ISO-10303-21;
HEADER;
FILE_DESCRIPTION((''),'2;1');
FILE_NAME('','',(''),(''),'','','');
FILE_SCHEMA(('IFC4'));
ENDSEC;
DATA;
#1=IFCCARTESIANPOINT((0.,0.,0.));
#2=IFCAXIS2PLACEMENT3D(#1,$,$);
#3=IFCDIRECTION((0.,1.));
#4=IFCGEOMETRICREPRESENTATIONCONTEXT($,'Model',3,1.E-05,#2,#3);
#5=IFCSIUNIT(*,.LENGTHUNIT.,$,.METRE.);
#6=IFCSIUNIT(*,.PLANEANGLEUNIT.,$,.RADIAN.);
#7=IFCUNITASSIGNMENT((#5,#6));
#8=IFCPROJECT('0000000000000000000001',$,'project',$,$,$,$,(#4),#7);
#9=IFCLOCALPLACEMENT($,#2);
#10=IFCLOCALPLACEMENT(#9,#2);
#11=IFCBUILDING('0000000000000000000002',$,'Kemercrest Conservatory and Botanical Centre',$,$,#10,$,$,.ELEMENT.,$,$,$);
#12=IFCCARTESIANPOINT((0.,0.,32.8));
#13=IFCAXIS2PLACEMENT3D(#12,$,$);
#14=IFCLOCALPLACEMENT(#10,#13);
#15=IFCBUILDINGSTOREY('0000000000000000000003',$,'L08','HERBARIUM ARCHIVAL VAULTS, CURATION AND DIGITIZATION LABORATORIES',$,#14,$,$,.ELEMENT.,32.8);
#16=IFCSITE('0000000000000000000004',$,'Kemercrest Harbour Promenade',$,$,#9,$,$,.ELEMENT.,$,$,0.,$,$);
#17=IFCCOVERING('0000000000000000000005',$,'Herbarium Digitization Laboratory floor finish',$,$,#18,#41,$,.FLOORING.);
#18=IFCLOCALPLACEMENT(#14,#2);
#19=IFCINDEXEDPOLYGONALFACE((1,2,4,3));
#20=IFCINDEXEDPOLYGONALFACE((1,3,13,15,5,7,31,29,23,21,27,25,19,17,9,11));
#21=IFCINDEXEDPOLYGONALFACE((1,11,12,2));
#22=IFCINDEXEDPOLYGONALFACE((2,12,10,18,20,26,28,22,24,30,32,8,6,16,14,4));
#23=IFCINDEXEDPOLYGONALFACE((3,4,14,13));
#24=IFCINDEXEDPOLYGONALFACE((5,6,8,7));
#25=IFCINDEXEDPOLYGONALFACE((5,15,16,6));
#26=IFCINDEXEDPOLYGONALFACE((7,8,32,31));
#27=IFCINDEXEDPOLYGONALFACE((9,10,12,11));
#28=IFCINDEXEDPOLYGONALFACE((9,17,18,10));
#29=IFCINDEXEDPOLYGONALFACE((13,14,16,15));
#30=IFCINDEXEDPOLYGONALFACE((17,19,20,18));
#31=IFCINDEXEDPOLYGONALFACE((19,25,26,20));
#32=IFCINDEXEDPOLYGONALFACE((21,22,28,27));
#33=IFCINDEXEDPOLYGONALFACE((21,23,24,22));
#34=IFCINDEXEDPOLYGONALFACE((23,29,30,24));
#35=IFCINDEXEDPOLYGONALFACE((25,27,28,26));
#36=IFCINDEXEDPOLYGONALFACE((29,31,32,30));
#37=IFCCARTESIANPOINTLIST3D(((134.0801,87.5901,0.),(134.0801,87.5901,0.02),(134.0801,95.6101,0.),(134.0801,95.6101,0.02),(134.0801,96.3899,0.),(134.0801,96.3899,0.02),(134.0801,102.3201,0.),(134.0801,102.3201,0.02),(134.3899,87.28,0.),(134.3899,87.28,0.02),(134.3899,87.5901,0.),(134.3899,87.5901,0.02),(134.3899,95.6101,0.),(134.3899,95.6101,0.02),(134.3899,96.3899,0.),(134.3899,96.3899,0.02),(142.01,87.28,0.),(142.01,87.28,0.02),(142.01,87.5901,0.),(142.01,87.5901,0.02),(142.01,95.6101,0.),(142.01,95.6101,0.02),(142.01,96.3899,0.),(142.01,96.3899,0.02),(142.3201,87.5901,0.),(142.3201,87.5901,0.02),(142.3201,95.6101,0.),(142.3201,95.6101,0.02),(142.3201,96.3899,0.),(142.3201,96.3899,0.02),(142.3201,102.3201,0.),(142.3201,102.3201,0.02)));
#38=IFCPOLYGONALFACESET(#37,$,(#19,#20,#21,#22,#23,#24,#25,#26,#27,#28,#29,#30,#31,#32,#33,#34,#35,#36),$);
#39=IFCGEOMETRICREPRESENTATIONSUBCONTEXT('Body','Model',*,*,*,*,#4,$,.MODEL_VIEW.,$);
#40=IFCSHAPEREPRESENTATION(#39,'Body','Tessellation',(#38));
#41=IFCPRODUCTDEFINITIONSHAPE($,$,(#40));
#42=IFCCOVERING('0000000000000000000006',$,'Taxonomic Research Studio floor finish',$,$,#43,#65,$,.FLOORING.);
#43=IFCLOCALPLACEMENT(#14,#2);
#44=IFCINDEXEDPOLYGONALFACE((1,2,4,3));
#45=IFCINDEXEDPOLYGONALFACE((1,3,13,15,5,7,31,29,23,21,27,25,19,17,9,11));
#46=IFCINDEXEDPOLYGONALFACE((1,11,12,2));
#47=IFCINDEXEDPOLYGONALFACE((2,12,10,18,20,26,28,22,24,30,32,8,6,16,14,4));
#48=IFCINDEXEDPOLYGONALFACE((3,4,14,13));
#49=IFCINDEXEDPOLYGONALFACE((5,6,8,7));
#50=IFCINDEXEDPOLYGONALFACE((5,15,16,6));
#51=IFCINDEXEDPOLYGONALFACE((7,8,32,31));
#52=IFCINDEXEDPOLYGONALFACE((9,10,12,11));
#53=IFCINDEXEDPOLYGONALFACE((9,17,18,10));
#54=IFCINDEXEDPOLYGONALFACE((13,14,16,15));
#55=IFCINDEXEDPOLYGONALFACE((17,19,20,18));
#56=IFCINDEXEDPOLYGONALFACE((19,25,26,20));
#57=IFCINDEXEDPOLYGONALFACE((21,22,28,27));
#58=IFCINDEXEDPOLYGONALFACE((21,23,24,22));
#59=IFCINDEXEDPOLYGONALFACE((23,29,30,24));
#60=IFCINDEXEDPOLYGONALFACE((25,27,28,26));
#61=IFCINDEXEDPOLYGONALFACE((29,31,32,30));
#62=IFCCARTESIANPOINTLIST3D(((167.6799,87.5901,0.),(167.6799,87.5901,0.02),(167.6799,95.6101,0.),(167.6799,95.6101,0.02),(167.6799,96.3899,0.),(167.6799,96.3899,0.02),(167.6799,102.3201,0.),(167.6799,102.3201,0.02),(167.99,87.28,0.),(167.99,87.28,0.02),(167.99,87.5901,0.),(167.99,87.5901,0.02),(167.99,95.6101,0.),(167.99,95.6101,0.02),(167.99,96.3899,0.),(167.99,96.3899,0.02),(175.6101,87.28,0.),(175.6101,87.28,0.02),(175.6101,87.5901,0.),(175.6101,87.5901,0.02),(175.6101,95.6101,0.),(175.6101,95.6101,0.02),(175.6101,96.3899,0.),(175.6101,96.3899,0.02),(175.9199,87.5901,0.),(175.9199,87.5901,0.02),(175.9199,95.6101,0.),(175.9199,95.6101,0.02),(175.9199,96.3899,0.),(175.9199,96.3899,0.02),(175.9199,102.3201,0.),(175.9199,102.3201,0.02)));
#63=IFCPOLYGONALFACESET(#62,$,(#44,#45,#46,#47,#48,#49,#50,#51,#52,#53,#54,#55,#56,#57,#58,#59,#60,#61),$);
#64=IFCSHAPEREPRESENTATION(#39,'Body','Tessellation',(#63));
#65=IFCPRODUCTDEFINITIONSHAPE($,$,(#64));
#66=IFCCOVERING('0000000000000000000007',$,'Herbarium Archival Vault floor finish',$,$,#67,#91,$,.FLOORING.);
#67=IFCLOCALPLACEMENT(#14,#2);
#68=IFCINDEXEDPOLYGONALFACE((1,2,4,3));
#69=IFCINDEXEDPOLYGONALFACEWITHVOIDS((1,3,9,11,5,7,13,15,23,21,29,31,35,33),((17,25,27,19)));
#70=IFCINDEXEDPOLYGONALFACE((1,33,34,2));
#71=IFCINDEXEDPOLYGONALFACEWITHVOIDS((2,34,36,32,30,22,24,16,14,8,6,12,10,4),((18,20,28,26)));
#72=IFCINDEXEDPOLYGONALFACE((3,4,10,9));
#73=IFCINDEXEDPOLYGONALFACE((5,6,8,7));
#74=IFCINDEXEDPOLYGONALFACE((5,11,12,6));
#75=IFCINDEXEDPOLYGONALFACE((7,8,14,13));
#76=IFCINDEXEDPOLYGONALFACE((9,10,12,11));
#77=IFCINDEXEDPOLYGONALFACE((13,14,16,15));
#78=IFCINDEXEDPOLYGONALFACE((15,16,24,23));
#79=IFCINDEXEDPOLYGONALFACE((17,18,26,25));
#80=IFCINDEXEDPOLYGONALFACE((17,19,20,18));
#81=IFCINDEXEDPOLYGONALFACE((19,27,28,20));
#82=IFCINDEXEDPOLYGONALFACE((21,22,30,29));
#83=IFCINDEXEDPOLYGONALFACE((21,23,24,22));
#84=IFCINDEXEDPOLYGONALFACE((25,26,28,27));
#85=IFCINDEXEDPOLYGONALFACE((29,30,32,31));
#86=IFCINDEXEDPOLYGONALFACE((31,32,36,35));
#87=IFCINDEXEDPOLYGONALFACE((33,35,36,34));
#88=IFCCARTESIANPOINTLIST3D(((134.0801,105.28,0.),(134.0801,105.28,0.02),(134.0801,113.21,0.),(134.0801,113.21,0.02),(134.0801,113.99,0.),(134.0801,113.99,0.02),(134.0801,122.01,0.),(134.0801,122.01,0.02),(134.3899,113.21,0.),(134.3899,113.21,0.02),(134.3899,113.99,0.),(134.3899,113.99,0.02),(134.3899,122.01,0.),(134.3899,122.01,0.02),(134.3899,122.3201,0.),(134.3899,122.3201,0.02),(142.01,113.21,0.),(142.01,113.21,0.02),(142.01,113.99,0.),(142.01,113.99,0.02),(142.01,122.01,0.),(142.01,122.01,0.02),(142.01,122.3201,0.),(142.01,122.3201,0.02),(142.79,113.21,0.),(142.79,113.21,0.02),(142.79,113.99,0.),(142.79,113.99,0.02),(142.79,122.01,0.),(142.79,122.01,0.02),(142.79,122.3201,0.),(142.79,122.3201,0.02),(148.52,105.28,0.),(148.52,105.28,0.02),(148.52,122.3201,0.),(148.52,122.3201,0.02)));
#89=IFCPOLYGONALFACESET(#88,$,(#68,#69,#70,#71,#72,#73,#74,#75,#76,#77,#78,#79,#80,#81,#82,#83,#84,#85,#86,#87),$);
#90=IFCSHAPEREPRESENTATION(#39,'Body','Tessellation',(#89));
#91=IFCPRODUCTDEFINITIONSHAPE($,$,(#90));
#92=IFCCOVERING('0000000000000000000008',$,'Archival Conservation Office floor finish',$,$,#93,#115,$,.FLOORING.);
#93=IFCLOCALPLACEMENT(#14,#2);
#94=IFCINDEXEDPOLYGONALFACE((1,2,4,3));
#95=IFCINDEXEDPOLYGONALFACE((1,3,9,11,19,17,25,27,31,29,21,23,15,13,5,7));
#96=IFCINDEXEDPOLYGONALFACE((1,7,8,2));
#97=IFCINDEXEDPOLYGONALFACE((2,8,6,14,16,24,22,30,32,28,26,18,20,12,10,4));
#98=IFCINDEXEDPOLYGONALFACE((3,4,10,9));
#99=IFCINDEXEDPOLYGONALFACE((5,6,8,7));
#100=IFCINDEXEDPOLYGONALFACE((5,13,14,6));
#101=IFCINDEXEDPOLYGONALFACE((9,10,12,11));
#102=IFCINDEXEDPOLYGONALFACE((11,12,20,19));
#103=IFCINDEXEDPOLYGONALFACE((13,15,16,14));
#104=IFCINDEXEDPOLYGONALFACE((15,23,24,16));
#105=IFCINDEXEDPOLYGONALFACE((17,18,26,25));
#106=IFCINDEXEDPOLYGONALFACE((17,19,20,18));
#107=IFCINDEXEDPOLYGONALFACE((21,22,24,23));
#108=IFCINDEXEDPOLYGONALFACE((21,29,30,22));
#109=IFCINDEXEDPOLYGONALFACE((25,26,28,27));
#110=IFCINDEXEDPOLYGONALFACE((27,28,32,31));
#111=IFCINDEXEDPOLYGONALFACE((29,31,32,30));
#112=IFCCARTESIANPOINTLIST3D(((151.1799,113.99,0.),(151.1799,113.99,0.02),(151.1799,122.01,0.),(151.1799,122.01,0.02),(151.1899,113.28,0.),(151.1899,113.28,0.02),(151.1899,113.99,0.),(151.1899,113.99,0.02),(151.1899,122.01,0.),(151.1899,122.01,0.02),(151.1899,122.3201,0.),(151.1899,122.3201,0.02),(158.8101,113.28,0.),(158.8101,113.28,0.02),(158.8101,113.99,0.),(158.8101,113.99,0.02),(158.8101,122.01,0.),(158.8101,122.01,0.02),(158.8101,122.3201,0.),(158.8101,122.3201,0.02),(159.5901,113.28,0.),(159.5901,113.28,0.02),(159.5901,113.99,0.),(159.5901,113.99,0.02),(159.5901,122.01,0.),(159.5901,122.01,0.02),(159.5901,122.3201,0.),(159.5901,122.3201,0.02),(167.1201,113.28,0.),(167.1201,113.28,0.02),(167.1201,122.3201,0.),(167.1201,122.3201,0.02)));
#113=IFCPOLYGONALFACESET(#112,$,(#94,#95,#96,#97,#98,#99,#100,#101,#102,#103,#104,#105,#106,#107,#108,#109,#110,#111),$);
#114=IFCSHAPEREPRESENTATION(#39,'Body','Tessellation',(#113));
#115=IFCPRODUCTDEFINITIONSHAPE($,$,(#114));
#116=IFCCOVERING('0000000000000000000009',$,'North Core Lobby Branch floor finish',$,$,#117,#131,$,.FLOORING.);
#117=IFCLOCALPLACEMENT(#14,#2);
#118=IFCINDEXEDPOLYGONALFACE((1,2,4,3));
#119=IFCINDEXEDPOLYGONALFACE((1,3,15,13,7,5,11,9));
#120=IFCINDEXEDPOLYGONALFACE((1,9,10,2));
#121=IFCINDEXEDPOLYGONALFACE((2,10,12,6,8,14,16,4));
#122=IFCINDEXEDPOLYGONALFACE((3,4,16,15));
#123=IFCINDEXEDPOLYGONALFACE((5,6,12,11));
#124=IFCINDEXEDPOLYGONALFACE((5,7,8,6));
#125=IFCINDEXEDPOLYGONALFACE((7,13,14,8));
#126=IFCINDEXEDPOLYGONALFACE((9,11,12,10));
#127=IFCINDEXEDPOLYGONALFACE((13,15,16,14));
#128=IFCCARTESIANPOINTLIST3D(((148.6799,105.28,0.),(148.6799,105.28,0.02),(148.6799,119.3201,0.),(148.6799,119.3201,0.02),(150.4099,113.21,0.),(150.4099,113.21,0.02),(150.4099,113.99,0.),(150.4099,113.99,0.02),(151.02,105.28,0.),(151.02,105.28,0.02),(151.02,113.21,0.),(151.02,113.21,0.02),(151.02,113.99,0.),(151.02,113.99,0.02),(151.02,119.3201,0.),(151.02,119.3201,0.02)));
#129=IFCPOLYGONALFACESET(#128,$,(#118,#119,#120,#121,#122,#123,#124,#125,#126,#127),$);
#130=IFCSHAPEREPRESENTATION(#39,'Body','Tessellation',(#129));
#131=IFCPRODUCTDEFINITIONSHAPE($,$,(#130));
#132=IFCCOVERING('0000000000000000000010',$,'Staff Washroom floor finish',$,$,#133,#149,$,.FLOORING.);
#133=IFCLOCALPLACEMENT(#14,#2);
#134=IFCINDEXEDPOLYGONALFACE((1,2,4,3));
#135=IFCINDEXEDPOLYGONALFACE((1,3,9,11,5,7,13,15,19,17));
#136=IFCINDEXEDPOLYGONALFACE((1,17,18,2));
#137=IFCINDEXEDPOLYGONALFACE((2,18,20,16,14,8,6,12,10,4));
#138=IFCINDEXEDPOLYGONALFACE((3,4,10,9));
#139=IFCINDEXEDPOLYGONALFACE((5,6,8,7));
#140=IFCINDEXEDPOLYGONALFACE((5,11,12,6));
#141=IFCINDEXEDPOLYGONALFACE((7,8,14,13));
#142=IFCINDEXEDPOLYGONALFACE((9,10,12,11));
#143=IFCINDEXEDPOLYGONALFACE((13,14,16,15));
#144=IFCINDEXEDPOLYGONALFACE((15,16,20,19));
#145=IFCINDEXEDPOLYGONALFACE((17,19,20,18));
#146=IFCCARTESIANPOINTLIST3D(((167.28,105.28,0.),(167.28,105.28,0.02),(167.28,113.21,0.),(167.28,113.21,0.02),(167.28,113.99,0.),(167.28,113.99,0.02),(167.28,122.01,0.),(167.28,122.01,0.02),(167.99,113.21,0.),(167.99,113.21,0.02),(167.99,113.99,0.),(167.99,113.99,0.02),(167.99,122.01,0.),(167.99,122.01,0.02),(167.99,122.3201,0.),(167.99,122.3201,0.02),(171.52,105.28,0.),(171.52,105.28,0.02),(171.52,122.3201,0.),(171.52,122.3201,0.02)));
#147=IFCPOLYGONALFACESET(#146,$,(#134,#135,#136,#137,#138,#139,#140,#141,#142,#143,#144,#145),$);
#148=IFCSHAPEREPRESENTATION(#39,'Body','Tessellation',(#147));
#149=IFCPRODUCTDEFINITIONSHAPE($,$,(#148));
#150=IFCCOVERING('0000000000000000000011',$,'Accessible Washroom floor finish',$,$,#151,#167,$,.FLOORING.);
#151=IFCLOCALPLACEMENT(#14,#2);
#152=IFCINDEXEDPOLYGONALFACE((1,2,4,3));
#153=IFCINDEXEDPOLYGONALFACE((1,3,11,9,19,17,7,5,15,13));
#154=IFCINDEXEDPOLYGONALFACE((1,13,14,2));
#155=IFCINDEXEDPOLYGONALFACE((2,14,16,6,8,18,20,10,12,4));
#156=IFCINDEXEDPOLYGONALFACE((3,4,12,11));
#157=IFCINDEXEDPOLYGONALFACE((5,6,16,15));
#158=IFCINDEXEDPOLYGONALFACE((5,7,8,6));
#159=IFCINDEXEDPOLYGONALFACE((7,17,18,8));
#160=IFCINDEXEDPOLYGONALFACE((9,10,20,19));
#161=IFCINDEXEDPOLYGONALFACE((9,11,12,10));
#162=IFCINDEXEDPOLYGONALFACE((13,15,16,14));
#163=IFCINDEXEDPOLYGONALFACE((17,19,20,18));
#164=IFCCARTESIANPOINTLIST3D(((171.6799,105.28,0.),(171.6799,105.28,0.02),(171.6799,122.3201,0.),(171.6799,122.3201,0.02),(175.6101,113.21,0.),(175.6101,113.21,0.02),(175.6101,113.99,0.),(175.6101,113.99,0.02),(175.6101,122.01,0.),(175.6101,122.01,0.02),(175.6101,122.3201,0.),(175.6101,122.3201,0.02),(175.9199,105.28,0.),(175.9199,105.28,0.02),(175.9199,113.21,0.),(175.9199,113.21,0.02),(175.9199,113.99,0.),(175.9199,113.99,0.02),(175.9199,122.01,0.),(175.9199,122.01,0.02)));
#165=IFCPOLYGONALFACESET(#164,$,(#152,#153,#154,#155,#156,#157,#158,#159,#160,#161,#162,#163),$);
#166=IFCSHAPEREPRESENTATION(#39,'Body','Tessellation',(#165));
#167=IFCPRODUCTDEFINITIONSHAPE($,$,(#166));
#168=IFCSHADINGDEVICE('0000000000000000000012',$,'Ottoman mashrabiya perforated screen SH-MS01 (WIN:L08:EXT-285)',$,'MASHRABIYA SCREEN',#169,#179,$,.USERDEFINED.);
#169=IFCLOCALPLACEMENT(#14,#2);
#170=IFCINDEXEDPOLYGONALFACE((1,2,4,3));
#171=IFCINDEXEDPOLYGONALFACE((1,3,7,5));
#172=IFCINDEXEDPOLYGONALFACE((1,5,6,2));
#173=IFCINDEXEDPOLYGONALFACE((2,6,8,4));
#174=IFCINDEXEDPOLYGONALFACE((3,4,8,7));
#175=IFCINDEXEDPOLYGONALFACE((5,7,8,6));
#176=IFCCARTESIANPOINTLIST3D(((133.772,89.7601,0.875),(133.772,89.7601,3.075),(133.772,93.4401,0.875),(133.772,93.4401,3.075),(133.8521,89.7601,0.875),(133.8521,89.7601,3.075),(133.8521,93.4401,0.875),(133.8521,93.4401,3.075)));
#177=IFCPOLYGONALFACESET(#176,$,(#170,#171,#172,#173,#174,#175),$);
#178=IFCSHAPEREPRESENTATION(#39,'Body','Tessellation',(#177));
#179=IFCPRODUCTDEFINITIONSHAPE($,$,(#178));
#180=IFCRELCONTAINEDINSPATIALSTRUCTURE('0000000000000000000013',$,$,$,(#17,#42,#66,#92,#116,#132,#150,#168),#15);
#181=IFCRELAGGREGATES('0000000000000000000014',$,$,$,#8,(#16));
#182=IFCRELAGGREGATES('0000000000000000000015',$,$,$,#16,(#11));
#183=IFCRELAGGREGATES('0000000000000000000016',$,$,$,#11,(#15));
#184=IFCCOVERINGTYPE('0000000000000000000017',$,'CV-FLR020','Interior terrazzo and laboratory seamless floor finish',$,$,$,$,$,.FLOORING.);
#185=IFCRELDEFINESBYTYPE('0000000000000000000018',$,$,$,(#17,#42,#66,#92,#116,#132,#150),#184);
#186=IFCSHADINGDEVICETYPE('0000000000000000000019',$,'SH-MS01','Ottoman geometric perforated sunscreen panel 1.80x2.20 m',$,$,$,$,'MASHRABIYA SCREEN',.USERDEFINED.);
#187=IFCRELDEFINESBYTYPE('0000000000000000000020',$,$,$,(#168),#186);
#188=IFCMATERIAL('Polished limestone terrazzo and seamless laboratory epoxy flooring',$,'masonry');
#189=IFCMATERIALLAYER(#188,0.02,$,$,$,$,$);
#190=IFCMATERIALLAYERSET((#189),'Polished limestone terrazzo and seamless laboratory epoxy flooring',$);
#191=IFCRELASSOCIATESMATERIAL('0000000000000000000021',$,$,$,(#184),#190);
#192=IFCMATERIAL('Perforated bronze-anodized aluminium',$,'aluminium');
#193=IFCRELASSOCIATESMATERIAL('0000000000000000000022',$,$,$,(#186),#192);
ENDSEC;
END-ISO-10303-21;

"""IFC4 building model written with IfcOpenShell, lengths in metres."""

from ifc_helpers import new_model, si_unit, direction, frame, origin, origin_2d, place, context, subcontext, project, spatial, polyline, rectangle, outline, extrude, material, layer, layer_set, type_object, element, save


model = new_model("IFC4")

# Units and contexts
model_context = context("Model", 3, precision=1e-05, world=origin(), true_north=direction((0.0, 1.0)))
body_context = subcontext(model_context, "Body", "Model", "MODEL_VIEW")
ifc_project = project(units=[si_unit("LENGTHUNIT", "METRE"), si_unit("PLANEANGLEUNIT", "RADIAN")], contexts=[model_context])

# Site, building, storey
site_placement = place(None, origin())
site = spatial("IfcSite", under=ifc_project, at=site_placement, Name="Kemercrest Harbour Promenade", CompositionType="ELEMENT", RefElevation=0.0)
building_placement = place(site_placement, origin())
building = spatial("IfcBuilding", under=site, at=building_placement, Name="Kemercrest Conservatory and Botanical Centre", CompositionType="ELEMENT")
storey_placement = place(building_placement, frame((0.0, 0.0, 32.8)))
storey = spatial("IfcBuildingStorey", under=building, at=storey_placement, Name="L08", Description="HERBARIUM ARCHIVAL VAULTS, CURATION AND DIGITIZATION LABORATORIES", CompositionType="ELEMENT", Elevation=32.8)

# Coverings
ifc_material_1 = material(Name="Polished limestone terrazzo and seamless laboratory epoxy flooring", Category="masonry")
ifc_layer_1 = layer(ifc_material_1, 0.02)
ifc_layer_set_1 = layer_set([ifc_layer_1], Name="Polished limestone terrazzo and seamless laboratory epoxy flooring")
covering_type_1 = type_object("IfcCoveringType", Name="CV-FLR020", Description="Interior terrazzo and laboratory seamless floor finish", PredefinedType="FLOORING", material=ifc_layer_set_1)
covering_1_placement = place(storey_placement, origin())
element("IfcCovering", 1, at=covering_1_placement, inside=storey, type_object=covering_type_1, Name="Herbarium Digitization Laboratory floor finish", PredefinedType="FLOORING", context=body_context, shape_type="SweptSolid", body=[
    extrude(outline(polyline([(134.3899, 87.28), (142.01, 87.28), (142.01, 87.5901), (142.3201, 87.5901), (142.3201, 95.6101), (142.01, 95.6101), (142.01, 96.3899), (142.3201, 96.3899), (142.3201, 102.3201), (134.0801, 102.3201), (134.0801, 96.3899), (134.3899, 96.3899), (134.3899, 95.6101), (134.0801, 95.6101), (134.0801, 87.5901), (134.3899, 87.5901), (134.3899, 87.28)])), origin(), (0.0, 0.0, 1.0), 0.02),
])
covering_2_placement = place(storey_placement, origin())
element("IfcCovering", 2, at=covering_2_placement, inside=storey, type_object=covering_type_1, Name="Taxonomic Research Studio floor finish", PredefinedType="FLOORING", context=body_context, shape_type="SweptSolid", body=[
    extrude(outline(polyline([(167.99, 87.28), (175.6101, 87.28), (175.6101, 87.5901), (175.9199, 87.5901), (175.9199, 95.6101), (175.6101, 95.6101), (175.6101, 96.3899), (175.9199, 96.3899), (175.9199, 102.3201), (167.6799, 102.3201), (167.6799, 96.3899), (167.99, 96.3899), (167.99, 95.6101), (167.6799, 95.6101), (167.6799, 87.5901), (167.99, 87.5901), (167.99, 87.28)])), origin(), (0.0, 0.0, 1.0), 0.02),
])
covering_3_placement = place(storey_placement, origin())
element("IfcCovering", 3, at=covering_3_placement, inside=storey, type_object=covering_type_1, Name="Herbarium Archival Vault floor finish", PredefinedType="FLOORING", context=body_context, shape_type="SweptSolid", body=[
    extrude(outline(polyline([(134.3899, 113.21), (134.0801, 113.21), (134.0801, 105.28), (148.52, 105.28), (148.52, 122.3201), (142.79, 122.3201), (142.79, 122.01), (142.01, 122.01), (142.01, 122.3201), (134.3899, 122.3201), (134.3899, 122.01), (134.0801, 122.01), (134.0801, 113.99), (134.3899, 113.99), (134.3899, 113.21)]), holes=[polyline([(142.01, 113.99), (142.79, 113.99), (142.79, 113.21), (142.01, 113.21), (142.01, 113.99)])]), origin(), (0.0, 0.0, 1.0), 0.02),
])
covering_4_placement = place(storey_placement, origin())
element("IfcCovering", 4, at=covering_4_placement, inside=storey, type_object=covering_type_1, Name="Archival Conservation Office floor finish", PredefinedType="FLOORING", context=body_context, shape_type="SweptSolid", body=[
    extrude(outline(polyline([(159.5901, 113.28), (167.1201, 113.28), (167.1201, 122.3201), (159.5901, 122.3201), (159.5901, 122.01), (158.8101, 122.01), (158.8101, 122.3201), (151.1899, 122.3201), (151.1899, 122.01), (151.1799, 122.01), (151.1799, 113.99), (151.1899, 113.99), (151.1899, 113.28), (158.8101, 113.28), (158.8101, 113.99), (159.5901, 113.99), (159.5901, 113.28)])), origin(), (0.0, 0.0, 1.0), 0.02),
])
covering_5_placement = place(storey_placement, origin())
element("IfcCovering", 5, at=covering_5_placement, inside=storey, type_object=covering_type_1, Name="North Core Lobby Branch floor finish", PredefinedType="FLOORING", context=body_context, shape_type="SweptSolid", body=[
    extrude(outline(polyline([(148.6799, 105.28), (151.02, 105.28), (151.02, 113.21), (150.4099, 113.21), (150.4099, 113.99), (151.02, 113.99), (151.02, 119.3201), (148.6799, 119.3201), (148.6799, 105.28)])), origin(), (0.0, 0.0, 1.0), 0.02),
])
covering_6_placement = place(storey_placement, origin())
element("IfcCovering", 6, at=covering_6_placement, inside=storey, type_object=covering_type_1, Name="Staff Washroom floor finish", PredefinedType="FLOORING", context=body_context, shape_type="SweptSolid", body=[
    extrude(outline(polyline([(167.28, 105.28), (171.52, 105.28), (171.52, 122.3201), (167.99, 122.3201), (167.99, 122.01), (167.28, 122.01), (167.28, 113.99), (167.99, 113.99), (167.99, 113.21), (167.28, 113.21), (167.28, 105.28)])), origin(), (0.0, 0.0, 1.0), 0.02),
])
covering_7_placement = place(storey_placement, origin())
element("IfcCovering", 7, at=covering_7_placement, inside=storey, type_object=covering_type_1, Name="Accessible Washroom floor finish", PredefinedType="FLOORING", context=body_context, shape_type="SweptSolid", body=[
    extrude(outline(polyline([(171.6799, 105.28), (175.9199, 105.28), (175.9199, 113.21), (175.6101, 113.21), (175.6101, 113.99), (175.9199, 113.99), (175.9199, 122.01), (175.6101, 122.01), (175.6101, 122.3201), (171.6799, 122.3201), (171.6799, 105.28)])), origin(), (0.0, 0.0, 1.0), 0.02),
])

# Shading device
ifc_material_2 = material(Name="Perforated bronze-anodized aluminium", Category="aluminium")
shading_device_type_1 = type_object("IfcShadingDeviceType", Name="SH-MS01", Description="Ottoman geometric perforated sunscreen panel 1.80x2.20 m", ElementType="MASHRABIYA SCREEN", PredefinedType="USERDEFINED", material=ifc_material_2)
shading_device_1_placement = place(storey_placement, frame((133.812, 91.6001, 0.875), z_axis=(0.0, 0.0, 1.0), x_axis=(0.0, -1.0, 0.0)))
element("IfcShadingDevice", 8, at=shading_device_1_placement, inside=storey, type_object=shading_device_type_1, Name="Ottoman mashrabiya perforated screen SH-MS01 (WIN:L08:EXT-285)", ObjectType="MASHRABIYA SCREEN", PredefinedType="USERDEFINED", context=body_context, shape_type="SweptSolid", body=[
    extrude(rectangle(XDim=3.6799, YDim=0.0801, at=origin_2d()), origin(), (0.0, 0.0, 1.0), 2.2),
])

save(model, "model.ifc")
